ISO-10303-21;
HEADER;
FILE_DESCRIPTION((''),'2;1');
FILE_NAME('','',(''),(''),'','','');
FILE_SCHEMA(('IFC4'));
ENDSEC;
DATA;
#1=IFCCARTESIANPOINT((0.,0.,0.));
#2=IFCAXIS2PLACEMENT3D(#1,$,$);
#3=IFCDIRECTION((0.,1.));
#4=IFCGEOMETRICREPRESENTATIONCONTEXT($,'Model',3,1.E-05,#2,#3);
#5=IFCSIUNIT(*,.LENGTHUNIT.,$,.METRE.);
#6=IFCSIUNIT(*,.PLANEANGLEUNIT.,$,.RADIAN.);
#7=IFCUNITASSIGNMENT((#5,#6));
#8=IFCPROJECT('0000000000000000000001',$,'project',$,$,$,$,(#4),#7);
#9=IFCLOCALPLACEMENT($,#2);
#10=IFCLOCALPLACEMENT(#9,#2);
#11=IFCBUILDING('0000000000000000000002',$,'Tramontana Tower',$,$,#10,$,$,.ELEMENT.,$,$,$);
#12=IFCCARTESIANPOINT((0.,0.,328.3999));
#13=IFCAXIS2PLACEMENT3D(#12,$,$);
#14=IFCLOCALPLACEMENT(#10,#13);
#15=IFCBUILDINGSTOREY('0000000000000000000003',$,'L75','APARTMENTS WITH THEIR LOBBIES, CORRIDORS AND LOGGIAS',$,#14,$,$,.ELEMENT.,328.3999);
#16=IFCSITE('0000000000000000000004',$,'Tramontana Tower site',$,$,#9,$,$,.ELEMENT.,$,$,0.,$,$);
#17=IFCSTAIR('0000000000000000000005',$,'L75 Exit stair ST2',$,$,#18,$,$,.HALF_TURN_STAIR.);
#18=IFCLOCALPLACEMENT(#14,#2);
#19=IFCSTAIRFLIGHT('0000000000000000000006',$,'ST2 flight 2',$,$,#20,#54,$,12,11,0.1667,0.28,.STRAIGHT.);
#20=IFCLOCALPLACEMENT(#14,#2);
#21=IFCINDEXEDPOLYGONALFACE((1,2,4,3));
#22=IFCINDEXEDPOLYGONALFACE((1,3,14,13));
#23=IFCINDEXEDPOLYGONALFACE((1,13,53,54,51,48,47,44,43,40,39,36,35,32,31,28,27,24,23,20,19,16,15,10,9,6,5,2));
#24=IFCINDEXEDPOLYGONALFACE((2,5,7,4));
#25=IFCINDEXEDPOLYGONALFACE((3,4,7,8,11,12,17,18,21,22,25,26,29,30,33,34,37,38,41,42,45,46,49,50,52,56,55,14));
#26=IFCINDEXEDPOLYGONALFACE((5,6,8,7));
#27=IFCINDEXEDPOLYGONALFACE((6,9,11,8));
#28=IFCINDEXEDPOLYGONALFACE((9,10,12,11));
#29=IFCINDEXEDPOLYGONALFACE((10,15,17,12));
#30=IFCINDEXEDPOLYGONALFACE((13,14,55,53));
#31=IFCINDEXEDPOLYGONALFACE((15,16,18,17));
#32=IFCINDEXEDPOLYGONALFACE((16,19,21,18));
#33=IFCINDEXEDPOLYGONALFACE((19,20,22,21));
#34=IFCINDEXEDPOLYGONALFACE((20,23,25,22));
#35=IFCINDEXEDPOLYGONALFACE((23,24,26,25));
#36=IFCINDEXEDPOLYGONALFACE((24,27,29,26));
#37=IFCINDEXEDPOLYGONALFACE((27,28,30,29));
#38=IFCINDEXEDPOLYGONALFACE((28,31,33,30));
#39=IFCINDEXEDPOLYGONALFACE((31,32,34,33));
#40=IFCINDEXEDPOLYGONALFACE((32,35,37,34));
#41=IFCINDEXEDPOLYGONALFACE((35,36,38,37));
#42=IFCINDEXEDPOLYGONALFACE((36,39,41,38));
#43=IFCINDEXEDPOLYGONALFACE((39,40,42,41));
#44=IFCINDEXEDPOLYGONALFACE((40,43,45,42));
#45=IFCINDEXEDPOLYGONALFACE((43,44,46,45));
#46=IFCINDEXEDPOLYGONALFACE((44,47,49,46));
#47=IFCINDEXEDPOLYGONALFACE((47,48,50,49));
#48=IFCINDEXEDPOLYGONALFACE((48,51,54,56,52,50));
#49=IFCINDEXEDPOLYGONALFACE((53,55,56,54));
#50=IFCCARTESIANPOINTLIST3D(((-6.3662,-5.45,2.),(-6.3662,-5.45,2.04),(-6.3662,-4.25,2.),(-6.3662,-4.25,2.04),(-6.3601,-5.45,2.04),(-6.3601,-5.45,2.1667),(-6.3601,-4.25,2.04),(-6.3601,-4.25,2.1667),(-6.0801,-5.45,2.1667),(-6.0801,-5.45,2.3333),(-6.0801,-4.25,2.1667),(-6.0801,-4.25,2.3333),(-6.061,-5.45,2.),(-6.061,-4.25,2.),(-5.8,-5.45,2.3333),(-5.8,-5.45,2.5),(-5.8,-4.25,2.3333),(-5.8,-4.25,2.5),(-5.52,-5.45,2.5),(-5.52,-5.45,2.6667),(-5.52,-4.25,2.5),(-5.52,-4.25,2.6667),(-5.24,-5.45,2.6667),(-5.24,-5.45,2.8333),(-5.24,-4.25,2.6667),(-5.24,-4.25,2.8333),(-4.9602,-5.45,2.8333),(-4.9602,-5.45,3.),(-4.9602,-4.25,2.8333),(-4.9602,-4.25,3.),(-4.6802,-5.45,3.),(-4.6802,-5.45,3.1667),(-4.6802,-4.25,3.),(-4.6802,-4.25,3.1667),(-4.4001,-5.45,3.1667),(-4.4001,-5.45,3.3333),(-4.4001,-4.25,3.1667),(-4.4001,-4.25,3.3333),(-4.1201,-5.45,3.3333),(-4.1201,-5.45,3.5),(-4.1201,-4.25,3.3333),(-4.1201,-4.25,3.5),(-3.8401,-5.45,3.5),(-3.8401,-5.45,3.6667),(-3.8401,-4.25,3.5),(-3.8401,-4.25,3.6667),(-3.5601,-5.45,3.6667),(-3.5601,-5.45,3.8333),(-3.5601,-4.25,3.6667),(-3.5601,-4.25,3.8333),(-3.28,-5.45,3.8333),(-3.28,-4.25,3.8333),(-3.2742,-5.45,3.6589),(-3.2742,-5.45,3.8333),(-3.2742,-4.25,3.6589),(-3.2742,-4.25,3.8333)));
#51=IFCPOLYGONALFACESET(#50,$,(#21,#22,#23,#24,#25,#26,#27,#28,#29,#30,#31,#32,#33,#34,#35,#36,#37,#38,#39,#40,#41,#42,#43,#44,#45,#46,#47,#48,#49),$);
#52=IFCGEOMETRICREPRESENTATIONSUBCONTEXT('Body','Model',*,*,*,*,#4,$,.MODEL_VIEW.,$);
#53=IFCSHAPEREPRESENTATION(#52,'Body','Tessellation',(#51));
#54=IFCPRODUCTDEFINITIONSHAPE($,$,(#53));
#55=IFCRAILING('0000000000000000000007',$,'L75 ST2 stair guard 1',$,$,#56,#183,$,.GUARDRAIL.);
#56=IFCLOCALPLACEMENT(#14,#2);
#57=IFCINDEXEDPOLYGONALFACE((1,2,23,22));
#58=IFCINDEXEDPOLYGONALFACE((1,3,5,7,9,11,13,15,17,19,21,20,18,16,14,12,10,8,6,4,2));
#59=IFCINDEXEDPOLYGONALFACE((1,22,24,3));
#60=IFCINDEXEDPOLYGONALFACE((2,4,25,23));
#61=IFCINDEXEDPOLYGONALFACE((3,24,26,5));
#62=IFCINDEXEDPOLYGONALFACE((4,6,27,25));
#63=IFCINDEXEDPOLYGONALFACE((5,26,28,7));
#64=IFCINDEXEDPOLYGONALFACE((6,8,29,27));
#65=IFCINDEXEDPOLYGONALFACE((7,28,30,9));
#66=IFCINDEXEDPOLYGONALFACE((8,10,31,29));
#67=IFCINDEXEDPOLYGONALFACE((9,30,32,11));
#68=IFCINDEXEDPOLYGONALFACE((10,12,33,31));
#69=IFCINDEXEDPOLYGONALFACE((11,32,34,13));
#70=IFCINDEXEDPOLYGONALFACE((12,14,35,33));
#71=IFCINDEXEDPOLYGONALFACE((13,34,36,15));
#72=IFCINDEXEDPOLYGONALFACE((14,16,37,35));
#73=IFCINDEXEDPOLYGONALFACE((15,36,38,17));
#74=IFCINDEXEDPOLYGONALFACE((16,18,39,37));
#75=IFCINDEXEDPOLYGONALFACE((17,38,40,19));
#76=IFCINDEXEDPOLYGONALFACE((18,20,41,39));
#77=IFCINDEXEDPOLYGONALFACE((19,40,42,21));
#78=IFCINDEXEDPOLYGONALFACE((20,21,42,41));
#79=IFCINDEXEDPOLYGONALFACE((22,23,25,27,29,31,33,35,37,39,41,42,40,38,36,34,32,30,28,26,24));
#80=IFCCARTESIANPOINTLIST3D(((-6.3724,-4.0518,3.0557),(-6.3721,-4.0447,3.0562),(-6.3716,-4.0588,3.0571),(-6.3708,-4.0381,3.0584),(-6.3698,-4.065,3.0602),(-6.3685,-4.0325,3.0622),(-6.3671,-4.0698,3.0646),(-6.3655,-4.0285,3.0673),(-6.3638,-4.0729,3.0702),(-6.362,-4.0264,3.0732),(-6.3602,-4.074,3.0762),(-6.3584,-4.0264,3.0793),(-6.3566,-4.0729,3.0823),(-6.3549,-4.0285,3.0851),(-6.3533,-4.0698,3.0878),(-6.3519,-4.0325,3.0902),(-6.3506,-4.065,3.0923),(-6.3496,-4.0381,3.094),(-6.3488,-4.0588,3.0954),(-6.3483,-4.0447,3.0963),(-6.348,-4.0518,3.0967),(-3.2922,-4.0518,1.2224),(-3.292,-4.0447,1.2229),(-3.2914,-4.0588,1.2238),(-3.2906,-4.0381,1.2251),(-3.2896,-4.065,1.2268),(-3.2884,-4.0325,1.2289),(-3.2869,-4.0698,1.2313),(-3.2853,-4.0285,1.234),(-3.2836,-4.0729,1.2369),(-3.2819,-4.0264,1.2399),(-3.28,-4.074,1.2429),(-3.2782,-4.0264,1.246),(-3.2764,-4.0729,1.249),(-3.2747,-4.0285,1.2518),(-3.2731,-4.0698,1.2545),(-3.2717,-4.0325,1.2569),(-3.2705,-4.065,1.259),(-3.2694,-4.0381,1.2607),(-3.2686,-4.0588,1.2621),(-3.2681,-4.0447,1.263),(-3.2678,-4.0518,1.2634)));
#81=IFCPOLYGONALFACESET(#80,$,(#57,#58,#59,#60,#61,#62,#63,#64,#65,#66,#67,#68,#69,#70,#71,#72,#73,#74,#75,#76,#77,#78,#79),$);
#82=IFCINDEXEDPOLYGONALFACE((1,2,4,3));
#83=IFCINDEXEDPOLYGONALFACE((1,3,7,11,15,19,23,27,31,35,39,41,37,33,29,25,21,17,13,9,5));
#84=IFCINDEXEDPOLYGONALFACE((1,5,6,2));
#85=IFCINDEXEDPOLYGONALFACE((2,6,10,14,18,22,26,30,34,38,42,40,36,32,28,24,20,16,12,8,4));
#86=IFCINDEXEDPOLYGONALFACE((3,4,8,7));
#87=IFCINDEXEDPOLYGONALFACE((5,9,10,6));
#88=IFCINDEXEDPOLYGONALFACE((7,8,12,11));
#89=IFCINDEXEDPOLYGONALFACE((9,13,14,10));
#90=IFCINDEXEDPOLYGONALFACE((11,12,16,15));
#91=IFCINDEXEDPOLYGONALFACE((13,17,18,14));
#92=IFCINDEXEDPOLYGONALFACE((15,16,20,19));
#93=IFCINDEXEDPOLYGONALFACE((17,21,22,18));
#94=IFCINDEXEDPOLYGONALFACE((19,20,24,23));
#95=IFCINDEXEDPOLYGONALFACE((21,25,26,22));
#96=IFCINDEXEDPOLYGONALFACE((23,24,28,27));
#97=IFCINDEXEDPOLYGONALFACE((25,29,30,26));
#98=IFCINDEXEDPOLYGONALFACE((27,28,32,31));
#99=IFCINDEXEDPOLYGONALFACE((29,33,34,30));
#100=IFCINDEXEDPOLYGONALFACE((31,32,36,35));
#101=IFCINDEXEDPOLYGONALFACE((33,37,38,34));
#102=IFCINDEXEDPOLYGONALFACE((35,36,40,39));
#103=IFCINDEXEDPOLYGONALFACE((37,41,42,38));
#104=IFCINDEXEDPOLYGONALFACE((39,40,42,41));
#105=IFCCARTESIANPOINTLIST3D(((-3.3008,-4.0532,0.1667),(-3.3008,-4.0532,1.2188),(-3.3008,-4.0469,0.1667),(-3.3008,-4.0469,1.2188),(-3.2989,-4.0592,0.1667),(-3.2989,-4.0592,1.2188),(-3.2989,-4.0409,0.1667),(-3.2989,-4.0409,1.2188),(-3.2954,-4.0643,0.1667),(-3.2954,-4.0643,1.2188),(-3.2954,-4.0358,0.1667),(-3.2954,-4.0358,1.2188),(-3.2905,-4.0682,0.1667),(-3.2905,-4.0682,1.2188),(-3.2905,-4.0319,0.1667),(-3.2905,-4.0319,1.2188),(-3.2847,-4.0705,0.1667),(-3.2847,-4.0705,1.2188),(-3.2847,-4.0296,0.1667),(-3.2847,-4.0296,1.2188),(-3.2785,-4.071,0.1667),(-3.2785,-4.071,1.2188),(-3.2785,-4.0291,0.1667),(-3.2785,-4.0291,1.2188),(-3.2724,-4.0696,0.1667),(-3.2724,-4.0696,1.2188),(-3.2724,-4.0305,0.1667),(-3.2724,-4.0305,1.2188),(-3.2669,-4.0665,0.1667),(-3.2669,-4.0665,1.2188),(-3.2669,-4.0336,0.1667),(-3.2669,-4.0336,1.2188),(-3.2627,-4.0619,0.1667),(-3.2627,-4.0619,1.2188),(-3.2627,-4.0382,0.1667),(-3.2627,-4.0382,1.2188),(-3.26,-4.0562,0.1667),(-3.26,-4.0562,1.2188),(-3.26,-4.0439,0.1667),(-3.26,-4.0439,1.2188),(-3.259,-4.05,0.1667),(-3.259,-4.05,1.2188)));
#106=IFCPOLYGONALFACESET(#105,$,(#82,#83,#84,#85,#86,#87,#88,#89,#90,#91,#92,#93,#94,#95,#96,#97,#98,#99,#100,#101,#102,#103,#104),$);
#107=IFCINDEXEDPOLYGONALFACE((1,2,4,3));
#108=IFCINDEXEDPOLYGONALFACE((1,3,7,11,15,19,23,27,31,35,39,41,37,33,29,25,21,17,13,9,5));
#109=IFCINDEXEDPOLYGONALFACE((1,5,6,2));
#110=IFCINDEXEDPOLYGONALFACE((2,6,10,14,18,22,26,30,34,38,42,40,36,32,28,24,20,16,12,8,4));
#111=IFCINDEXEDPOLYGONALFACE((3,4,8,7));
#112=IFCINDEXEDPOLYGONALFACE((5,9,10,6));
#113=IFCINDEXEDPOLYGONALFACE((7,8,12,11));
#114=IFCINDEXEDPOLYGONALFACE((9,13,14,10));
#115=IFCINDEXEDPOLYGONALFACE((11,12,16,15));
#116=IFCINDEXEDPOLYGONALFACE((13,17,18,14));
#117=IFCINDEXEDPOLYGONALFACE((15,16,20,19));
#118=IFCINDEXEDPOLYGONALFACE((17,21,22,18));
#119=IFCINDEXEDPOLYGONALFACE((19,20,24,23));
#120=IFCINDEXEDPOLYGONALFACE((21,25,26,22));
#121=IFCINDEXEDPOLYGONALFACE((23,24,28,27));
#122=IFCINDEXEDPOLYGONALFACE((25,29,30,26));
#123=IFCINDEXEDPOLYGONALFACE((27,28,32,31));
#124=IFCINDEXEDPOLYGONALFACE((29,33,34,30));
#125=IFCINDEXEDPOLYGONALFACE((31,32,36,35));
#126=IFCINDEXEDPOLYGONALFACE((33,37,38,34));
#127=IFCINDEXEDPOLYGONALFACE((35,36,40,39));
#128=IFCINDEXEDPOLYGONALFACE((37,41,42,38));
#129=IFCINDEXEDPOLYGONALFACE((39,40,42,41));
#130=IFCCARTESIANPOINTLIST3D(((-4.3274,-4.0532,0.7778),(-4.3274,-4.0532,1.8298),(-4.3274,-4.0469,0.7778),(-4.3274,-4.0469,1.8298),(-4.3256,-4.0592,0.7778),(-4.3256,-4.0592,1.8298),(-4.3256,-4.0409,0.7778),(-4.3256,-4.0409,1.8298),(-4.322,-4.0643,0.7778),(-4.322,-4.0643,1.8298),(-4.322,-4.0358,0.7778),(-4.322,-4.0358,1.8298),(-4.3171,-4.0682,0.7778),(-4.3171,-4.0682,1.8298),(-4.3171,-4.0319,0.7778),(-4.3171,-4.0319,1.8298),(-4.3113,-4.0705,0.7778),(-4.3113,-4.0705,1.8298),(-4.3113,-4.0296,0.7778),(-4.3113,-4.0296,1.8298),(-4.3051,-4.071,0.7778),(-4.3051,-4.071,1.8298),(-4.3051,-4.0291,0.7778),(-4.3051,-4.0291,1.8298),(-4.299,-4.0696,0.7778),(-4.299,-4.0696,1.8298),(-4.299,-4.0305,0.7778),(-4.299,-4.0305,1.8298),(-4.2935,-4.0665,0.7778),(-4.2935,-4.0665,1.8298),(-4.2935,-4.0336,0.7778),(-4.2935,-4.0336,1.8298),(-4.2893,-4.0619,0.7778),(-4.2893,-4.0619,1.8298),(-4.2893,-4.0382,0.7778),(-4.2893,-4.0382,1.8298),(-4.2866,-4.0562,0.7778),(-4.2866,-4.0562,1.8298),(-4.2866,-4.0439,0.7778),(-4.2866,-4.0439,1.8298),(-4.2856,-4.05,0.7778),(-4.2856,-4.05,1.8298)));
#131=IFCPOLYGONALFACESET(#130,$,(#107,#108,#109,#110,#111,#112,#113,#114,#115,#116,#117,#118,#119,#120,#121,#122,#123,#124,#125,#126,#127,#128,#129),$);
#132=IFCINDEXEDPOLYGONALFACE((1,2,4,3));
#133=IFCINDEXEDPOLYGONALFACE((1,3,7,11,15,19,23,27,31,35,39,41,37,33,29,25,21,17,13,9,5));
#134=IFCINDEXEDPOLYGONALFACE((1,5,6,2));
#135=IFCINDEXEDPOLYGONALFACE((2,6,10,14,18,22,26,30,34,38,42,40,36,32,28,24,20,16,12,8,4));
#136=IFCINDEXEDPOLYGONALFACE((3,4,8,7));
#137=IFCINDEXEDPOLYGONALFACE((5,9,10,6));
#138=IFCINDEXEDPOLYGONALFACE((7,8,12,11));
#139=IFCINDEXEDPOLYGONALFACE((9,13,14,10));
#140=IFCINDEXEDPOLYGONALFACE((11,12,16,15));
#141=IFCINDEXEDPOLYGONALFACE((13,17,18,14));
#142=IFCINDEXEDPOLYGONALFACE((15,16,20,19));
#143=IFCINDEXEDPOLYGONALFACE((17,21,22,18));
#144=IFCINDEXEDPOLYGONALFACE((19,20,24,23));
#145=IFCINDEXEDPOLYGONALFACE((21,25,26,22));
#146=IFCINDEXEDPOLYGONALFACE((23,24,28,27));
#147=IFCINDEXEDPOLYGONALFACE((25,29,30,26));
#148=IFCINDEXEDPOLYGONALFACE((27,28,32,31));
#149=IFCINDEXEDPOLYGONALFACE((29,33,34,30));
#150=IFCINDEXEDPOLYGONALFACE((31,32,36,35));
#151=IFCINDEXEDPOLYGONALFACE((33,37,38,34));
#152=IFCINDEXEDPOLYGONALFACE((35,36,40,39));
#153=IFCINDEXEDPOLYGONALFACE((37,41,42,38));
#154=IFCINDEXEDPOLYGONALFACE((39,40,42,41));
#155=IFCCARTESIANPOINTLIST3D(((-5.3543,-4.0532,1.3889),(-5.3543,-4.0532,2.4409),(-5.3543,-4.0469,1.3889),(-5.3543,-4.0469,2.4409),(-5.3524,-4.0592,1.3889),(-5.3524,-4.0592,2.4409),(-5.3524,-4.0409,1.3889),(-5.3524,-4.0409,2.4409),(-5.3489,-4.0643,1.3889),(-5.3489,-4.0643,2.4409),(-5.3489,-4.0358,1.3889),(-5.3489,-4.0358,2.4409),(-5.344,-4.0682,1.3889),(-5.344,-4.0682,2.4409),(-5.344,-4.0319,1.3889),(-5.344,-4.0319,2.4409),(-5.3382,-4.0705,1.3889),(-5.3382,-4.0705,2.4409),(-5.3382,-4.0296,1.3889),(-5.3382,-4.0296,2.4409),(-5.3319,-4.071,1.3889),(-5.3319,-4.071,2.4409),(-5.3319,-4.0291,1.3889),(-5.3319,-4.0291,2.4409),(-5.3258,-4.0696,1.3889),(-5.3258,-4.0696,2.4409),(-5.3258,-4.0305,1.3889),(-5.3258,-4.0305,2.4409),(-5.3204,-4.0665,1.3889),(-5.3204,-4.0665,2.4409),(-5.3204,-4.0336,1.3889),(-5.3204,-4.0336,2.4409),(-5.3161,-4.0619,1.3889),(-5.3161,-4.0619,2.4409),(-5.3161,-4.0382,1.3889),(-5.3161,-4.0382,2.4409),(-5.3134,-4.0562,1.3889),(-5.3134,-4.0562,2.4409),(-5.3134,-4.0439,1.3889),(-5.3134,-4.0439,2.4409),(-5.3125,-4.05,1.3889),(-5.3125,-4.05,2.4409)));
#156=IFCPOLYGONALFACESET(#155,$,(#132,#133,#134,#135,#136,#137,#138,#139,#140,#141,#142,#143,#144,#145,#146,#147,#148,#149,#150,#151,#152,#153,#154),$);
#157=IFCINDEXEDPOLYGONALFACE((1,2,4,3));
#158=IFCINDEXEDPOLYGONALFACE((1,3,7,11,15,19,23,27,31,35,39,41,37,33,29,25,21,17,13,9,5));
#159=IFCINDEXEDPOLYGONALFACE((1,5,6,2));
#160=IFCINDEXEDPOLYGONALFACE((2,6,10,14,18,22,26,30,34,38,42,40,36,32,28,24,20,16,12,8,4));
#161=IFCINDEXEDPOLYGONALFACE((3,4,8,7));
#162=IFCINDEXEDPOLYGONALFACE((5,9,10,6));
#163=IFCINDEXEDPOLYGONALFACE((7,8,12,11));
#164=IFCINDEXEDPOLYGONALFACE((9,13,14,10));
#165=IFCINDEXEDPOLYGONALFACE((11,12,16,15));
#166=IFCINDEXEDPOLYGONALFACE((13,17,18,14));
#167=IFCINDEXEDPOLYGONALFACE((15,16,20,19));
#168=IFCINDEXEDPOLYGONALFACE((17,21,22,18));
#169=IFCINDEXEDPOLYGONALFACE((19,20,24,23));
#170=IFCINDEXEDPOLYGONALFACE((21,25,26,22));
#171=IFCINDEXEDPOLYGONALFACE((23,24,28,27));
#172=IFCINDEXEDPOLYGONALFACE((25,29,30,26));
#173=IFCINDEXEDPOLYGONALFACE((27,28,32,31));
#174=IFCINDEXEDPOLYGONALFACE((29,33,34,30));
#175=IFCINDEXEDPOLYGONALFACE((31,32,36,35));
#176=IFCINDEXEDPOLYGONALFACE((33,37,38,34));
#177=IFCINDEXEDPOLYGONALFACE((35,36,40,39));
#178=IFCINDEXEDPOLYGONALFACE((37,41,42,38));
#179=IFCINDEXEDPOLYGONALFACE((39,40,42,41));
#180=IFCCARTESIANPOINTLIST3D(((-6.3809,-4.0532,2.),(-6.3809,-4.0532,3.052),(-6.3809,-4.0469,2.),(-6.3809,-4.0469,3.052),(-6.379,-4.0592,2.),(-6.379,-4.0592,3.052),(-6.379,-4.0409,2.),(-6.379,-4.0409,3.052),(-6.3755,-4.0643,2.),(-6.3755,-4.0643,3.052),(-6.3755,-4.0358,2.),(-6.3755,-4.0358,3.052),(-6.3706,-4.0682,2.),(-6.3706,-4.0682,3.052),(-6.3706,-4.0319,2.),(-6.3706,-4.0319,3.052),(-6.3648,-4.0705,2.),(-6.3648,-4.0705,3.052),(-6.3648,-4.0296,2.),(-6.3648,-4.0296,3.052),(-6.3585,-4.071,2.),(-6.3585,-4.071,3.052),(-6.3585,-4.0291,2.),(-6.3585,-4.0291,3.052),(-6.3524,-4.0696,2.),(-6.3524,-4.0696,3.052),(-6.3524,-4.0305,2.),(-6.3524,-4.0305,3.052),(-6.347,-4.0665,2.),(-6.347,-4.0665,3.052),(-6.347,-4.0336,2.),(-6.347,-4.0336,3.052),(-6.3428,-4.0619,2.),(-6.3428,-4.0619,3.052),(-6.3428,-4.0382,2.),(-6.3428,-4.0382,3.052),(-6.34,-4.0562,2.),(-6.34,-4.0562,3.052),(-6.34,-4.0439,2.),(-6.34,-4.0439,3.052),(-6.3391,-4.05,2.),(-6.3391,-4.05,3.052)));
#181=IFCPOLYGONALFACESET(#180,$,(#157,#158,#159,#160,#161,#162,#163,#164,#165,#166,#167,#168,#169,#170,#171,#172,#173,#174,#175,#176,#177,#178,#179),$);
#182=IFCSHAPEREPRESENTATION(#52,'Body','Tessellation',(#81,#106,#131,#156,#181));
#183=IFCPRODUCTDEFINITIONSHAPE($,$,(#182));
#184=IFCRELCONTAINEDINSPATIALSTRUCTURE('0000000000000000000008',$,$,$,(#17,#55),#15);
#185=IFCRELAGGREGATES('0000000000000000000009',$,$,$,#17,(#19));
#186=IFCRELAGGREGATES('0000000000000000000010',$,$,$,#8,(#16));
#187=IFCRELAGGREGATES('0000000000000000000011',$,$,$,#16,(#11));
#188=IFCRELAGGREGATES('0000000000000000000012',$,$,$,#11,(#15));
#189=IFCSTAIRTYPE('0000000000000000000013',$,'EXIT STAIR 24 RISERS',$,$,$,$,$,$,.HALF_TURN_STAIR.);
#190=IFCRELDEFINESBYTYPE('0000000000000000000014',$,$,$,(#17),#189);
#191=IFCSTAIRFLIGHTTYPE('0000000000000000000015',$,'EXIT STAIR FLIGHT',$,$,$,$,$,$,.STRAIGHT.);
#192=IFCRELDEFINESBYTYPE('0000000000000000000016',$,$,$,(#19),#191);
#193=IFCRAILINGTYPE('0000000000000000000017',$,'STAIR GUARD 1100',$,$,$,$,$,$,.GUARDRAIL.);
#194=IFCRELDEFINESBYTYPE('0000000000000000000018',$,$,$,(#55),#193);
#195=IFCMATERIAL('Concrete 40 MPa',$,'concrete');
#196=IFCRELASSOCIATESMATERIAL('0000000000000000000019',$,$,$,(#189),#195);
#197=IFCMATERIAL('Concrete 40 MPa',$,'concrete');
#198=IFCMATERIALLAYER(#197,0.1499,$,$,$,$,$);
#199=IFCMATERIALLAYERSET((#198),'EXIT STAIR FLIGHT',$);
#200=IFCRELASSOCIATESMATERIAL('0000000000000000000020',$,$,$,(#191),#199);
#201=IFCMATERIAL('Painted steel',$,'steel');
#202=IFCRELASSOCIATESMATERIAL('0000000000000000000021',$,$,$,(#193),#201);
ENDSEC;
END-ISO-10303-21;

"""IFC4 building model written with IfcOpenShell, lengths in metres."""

from ifc_helpers import new_model, si_unit, direction, frame, origin, origin_2d, place, context, subcontext, project, spatial, polyline, circle, outline, extrude, material, layer, layer_set, type_object, element, aggregate, save


model = new_model("IFC4")

# Units and contexts
model_context = context("Model", 3, precision=1e-05, world=origin(), true_north=direction((0.0, 1.0)))
body_context = subcontext(model_context, "Body", "Model", "MODEL_VIEW")
ifc_project = project(units=[si_unit("LENGTHUNIT", "METRE"), si_unit("PLANEANGLEUNIT", "RADIAN")], contexts=[model_context])

# Site, building, storey
site_placement = place(None, origin())
site = spatial("IfcSite", under=ifc_project, at=site_placement, Name="Tramontana Tower site", CompositionType="ELEMENT", RefElevation=0.0)
building_placement = place(site_placement, origin())
building = spatial("IfcBuilding", under=site, at=building_placement, Name="Tramontana Tower", CompositionType="ELEMENT")
storey_placement = place(building_placement, frame((0.0, 0.0, 328.3999)))
storey = spatial("IfcBuildingStorey", under=building, at=storey_placement, Name="L75", Description="APARTMENTS WITH THEIR LOBBIES, CORRIDORS AND LOGGIAS", CompositionType="ELEMENT", Elevation=328.3999)

# Stair
ifc_material_1 = material(Name="Concrete 40 MPa", Category="concrete")
stair_type = type_object("IfcStairType", Name="EXIT STAIR 24 RISERS", PredefinedType="HALF_TURN_STAIR", material=ifc_material_1)
stair_1_placement = place(storey_placement, origin())
stair_1 = element("IfcStair", 1, at=stair_1_placement, inside=storey, type_object=stair_type, Name="L75 Exit stair ST2", PredefinedType="HALF_TURN_STAIR")

# Stair flight
ifc_material_2 = material(Name="Concrete 40 MPa", Category="concrete")
ifc_layer_1 = layer(ifc_material_2, 0.1499)
ifc_layer_set_1 = layer_set([ifc_layer_1], Name="EXIT STAIR FLIGHT")
stair_flight_type = type_object("IfcStairFlightType", Name="EXIT STAIR FLIGHT", PredefinedType="STRAIGHT", material=ifc_layer_set_1)
stair_flight_1_placement = place(storey_placement, frame((-6.3601, -4.8501, 2.0), z_axis=(0.0, 0.0, 1.0), x_axis=(1.0, 0.0, 0.0)))
stair_flight_1 = element("IfcStairFlight", 2, at=stair_flight_1_placement, type_object=stair_flight_type, Name="ST2 flight 2", NumberOfRisers=12, NumberOfTreads=11, PredefinedType="STRAIGHT", RiserHeight=0.1667, TreadLength=0.28, context=body_context, shape_type="SweptSolid", body=[
    extrude(outline(polyline([(-0.0061, 0.0), (-0.0061, 0.04), (0.0, 0.04), (0.0, 0.1667), (0.28, 0.1667), (0.28, 0.3333), (0.5601, 0.3333), (0.5601, 0.5), (0.8401, 0.5), (0.8401, 0.6667), (1.1201, 0.6667), (1.1201, 0.8333), (1.3999, 0.8333), (1.3999, 1.0), (1.6799, 1.0), (1.6799, 1.1667), (1.96, 1.1667), (1.96, 1.3333), (2.24, 1.3333), (2.24, 1.5), (2.52, 1.5), (2.52, 1.6667), (2.8, 1.6667), (2.8, 1.8333), (3.0801, 1.8333), (3.0859, 1.8333), (3.0859, 1.6589), (0.2991, 0.0), (-0.0061, 0.0)])), frame((0.0, 0.6001, 0.0), z_axis=(0.0, -1.0, 0.0), x_axis=(1.0, 0.0, 0.0)), (0.0, 0.0, 1.0), 1.2),
])
aggregate(stair_1, [stair_flight_1])

# Railing
ifc_material_3 = material(Name="Painted steel", Category="steel")
railing_type_1 = type_object("IfcRailingType", Name="STAIR GUARD 1100", PredefinedType="GUARDRAIL", material=ifc_material_3)
railing_1_placement = place(storey_placement, frame((-3.28, -4.05, 0.1667)))
element("IfcRailing", 3, at=railing_1_placement, inside=storey, type_object=railing_type_1, Name="L75 ST2 stair guard 1", PredefinedType="GUARDRAIL", context=body_context, shape_type="SweptSolid", body=[
    extrude(circle(Radius=0.0239, at=origin_2d()), frame((0.0, 0.0, 1.0762), z_axis=(-0.859309, 0.0, 0.511458), x_axis=(0.0, -1.0, 0.0)), (0.0, 0.0, 1.0), 3.5845),
    extrude(circle(Radius=0.021, at=origin_2d()), origin(), (0.0, 0.0, 1.0), 1.052),
    extrude(circle(Radius=0.021, at=origin_2d()), frame((-1.0266, 0.0, 0.6111)), (0.0, 0.0, 1.0), 1.052),
    extrude(circle(Radius=0.021, at=origin_2d()), frame((-2.0535, 0.0, 1.2222)), (0.0, 0.0, 1.0), 1.052),
    extrude(circle(Radius=0.021, at=origin_2d()), frame((-3.0801, 0.0, 1.8333)), (0.0, 0.0, 1.0), 1.052),
])

save(model, "model.ifc")
